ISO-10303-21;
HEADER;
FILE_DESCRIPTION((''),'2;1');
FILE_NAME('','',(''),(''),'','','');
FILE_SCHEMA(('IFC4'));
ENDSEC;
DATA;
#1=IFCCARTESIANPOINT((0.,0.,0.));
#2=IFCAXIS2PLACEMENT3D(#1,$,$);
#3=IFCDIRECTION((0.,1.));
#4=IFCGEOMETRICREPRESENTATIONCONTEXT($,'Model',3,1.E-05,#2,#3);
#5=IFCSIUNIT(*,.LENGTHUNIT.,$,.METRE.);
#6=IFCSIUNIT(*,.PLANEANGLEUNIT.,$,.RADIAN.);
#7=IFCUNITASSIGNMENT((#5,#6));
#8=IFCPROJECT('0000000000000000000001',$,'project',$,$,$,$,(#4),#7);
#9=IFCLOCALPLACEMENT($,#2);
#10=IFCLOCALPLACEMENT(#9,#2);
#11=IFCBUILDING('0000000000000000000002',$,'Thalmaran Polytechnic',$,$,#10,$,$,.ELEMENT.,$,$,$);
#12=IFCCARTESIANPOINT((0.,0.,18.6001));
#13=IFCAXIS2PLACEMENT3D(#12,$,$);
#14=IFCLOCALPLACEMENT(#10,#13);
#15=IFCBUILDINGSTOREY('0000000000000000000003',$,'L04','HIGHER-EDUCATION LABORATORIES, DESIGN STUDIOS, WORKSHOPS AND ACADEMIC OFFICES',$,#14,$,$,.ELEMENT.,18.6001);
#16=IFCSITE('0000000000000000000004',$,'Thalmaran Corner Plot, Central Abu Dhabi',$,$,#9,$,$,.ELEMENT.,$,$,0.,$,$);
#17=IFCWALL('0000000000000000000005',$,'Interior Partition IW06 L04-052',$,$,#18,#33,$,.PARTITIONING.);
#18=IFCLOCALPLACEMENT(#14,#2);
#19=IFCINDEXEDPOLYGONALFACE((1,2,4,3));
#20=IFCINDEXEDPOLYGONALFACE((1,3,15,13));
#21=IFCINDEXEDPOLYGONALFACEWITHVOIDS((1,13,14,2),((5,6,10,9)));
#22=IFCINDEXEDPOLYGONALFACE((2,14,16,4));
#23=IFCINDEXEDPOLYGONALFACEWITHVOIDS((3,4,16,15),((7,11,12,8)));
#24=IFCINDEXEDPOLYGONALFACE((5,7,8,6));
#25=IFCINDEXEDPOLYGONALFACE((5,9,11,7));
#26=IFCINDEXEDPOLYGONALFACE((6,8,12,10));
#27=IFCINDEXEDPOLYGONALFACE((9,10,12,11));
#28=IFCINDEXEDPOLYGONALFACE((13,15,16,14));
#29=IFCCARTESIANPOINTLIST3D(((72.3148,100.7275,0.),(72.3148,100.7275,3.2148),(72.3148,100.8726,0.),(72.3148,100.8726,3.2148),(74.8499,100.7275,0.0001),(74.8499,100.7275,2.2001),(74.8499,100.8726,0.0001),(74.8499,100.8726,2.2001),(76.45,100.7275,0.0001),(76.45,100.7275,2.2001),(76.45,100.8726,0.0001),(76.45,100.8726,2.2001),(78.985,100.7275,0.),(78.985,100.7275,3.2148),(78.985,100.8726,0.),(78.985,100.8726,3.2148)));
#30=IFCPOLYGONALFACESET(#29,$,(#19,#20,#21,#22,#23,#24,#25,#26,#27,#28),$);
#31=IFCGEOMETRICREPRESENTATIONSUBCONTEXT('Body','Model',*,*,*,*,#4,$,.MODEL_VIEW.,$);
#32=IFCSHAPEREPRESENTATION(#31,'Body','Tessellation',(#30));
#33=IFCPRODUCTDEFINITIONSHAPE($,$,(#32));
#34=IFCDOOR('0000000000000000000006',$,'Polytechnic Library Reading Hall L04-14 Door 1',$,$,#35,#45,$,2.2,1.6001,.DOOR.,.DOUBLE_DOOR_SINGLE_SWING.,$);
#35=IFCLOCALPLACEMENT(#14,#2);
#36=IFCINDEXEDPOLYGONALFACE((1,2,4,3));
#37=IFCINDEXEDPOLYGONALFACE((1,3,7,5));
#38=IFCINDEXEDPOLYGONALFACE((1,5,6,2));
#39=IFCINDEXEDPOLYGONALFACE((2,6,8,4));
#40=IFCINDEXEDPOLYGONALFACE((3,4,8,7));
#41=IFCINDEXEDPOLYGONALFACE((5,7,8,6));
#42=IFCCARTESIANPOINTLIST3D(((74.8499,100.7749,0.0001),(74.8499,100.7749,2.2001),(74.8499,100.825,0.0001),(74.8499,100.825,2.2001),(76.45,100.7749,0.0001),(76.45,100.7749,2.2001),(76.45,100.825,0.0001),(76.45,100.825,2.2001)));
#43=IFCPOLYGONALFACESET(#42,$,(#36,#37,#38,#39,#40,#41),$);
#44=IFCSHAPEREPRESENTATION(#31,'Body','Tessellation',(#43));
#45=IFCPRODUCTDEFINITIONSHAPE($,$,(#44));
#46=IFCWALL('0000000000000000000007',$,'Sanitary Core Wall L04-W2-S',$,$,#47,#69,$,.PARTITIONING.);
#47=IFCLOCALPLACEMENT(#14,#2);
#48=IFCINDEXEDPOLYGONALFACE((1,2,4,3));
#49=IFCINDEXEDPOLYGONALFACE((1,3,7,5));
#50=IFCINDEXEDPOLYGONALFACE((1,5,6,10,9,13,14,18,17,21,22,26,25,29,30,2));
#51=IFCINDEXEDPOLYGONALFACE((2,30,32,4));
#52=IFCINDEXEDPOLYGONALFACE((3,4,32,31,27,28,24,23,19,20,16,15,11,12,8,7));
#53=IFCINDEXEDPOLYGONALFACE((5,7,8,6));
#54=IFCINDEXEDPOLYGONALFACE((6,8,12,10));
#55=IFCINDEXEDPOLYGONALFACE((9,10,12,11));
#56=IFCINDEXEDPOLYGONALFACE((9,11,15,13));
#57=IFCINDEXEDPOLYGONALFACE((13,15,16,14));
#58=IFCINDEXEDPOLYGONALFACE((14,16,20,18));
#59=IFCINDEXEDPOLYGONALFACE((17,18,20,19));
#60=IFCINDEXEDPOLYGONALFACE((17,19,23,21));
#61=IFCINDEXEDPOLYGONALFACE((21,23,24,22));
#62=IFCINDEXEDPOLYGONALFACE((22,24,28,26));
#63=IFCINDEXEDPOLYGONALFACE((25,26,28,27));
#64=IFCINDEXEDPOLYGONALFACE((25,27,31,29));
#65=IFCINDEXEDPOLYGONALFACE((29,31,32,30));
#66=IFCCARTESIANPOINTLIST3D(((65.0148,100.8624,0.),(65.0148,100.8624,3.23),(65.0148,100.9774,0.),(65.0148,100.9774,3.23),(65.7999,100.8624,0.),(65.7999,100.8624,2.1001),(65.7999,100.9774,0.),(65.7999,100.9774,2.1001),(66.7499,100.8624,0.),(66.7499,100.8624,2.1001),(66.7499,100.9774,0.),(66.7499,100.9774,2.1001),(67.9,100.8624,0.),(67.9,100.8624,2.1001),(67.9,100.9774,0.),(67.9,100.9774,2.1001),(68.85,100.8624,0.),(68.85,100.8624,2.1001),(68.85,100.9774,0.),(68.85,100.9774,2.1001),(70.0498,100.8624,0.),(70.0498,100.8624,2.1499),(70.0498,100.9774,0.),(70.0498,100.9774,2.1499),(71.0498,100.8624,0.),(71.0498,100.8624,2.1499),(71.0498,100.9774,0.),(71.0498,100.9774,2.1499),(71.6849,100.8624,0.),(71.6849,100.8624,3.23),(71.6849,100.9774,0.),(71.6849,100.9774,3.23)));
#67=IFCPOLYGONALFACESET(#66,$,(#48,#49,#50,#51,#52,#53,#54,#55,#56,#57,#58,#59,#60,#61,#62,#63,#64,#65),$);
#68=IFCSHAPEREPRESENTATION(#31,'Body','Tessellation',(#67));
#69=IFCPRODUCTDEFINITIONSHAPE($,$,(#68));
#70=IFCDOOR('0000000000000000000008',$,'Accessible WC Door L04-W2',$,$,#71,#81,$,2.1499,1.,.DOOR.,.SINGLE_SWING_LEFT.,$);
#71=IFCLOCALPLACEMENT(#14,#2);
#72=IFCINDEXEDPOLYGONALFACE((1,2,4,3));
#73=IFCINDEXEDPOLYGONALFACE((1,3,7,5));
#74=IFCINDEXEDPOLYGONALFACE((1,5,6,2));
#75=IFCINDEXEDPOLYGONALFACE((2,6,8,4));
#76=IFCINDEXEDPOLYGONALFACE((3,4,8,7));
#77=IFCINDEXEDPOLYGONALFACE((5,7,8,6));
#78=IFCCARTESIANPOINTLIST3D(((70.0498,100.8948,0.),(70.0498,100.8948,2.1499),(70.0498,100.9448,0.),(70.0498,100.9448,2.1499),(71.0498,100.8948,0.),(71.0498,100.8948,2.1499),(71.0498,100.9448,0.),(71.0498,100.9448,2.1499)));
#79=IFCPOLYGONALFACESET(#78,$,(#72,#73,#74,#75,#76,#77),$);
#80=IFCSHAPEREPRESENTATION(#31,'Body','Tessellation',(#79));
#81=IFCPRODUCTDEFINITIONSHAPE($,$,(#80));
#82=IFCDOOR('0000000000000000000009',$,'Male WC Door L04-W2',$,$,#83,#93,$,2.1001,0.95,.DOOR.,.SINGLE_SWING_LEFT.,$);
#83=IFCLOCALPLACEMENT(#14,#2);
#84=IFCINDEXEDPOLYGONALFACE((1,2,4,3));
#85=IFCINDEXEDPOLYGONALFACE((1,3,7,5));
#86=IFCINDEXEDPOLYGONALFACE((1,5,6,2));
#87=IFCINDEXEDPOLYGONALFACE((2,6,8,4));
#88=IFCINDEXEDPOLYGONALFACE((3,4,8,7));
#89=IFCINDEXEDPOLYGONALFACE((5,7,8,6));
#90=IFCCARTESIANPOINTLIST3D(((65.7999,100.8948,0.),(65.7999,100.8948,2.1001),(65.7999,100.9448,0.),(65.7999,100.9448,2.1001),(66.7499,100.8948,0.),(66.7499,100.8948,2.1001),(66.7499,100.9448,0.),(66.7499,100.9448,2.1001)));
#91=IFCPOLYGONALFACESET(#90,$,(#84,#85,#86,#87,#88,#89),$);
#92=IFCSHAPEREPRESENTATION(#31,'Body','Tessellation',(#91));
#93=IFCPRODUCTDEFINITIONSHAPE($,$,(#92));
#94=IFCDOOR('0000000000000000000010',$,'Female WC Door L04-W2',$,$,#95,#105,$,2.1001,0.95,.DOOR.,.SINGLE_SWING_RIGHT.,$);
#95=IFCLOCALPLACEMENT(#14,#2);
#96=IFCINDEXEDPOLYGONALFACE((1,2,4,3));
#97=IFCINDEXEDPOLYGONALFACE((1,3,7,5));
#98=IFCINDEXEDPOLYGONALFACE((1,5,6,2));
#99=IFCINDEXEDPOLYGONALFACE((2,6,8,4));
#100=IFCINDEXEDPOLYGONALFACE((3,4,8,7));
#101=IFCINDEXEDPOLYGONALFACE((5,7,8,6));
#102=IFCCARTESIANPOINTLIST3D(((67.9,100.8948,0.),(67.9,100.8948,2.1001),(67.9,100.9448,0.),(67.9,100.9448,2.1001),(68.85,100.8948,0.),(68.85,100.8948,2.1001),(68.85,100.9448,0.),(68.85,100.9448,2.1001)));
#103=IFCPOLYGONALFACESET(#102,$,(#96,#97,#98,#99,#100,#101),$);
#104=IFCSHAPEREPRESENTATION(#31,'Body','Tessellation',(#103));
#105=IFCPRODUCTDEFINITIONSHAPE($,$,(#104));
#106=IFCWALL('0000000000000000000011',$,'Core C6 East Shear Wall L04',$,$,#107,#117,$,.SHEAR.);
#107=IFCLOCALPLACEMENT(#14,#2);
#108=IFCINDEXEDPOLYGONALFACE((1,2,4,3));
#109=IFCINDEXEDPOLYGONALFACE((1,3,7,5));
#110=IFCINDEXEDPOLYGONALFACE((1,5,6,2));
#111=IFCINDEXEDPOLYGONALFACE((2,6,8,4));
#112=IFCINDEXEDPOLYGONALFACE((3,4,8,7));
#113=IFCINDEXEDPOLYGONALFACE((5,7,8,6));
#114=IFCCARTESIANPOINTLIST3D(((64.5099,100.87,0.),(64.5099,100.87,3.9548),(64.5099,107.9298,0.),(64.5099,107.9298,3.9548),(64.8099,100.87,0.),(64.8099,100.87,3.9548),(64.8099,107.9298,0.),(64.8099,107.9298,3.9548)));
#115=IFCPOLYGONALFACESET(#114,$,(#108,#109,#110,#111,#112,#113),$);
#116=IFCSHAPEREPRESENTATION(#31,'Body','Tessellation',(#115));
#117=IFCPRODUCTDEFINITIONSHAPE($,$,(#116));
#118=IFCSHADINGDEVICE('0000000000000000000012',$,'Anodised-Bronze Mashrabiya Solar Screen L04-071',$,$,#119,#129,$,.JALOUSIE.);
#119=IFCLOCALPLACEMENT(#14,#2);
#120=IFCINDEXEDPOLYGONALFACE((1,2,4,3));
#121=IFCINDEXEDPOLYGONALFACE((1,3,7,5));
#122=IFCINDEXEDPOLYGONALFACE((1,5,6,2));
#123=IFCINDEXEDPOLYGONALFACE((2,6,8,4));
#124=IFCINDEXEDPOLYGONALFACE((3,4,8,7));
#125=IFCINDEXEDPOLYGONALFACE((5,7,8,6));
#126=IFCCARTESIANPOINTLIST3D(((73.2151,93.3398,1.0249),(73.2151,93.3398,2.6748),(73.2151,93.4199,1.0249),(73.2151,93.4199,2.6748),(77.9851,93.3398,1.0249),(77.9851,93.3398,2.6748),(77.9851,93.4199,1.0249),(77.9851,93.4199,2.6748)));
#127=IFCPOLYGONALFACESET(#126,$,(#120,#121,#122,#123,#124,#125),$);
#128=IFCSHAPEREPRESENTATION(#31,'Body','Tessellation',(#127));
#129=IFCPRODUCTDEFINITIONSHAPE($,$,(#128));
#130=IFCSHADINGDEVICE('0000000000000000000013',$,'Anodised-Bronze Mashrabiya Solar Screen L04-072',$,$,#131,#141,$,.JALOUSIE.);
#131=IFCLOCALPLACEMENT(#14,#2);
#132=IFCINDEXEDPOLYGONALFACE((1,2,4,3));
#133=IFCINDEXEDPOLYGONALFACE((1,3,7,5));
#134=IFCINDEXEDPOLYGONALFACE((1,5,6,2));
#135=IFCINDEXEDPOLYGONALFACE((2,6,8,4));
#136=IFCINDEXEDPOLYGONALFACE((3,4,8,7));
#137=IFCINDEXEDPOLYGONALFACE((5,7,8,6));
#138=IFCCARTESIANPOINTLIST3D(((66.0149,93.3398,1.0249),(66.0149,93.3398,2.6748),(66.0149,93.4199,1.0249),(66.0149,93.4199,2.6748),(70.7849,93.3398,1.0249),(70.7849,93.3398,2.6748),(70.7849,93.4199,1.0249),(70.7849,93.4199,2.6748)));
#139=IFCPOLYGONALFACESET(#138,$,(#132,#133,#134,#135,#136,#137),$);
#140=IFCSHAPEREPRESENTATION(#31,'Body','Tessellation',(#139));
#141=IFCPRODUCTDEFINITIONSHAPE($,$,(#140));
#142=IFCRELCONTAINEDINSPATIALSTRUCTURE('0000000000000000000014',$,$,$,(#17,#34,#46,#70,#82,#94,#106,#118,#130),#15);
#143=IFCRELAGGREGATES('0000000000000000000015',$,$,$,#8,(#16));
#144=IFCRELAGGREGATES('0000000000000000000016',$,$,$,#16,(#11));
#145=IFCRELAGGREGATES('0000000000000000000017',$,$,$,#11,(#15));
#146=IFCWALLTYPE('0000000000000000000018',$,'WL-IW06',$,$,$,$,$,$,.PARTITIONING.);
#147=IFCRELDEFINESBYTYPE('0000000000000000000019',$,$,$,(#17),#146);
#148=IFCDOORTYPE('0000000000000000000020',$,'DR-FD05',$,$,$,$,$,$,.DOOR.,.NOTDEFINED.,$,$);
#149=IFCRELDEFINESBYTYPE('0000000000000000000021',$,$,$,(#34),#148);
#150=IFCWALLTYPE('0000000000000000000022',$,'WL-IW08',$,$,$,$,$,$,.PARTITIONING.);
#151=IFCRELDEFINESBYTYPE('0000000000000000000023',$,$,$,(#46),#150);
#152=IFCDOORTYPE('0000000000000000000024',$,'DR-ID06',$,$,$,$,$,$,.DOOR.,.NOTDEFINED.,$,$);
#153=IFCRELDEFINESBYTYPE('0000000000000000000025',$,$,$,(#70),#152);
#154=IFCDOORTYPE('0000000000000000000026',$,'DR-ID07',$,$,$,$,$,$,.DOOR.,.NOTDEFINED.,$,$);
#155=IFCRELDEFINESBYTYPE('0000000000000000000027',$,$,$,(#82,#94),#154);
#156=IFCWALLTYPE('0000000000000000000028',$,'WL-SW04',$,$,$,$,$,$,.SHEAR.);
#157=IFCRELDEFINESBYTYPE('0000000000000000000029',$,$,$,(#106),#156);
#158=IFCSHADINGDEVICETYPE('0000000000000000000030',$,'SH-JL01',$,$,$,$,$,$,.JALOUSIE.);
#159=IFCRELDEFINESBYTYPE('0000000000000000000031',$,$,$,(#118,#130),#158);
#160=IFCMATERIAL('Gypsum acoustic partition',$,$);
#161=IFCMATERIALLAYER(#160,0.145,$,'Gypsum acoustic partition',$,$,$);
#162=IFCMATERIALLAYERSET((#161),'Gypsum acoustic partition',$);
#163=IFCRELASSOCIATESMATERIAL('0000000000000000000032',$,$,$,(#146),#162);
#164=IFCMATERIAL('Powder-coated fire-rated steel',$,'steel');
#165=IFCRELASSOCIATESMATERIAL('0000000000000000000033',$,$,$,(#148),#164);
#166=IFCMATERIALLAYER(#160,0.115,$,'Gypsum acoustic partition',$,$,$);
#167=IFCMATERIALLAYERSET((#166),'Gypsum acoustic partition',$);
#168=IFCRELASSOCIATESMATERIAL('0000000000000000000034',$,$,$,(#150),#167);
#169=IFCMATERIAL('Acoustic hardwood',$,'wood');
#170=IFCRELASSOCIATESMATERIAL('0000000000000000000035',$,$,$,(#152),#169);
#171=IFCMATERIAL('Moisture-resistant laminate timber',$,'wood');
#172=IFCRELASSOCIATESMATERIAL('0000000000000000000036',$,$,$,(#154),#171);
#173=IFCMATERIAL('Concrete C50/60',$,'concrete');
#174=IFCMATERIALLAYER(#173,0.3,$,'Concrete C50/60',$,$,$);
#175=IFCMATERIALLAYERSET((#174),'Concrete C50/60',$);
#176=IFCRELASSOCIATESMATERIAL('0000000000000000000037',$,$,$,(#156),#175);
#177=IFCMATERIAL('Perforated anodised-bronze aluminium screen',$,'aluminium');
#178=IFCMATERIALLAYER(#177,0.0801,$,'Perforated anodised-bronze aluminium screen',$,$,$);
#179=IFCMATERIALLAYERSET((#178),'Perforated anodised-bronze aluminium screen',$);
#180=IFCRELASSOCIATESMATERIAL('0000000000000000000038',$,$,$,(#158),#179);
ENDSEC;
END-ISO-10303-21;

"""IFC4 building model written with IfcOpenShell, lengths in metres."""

from ifc_helpers import new_model, si_unit, direction, frame, frame_2d, origin, origin_2d, place, context, subcontext, project, spatial, rectangle, extrude, material, layer, layer_set, type_object, element, fill, save


model = new_model("IFC4")

# Units and contexts
model_context = context("Model", 3, precision=1e-05, world=origin(), true_north=direction((0.0, 1.0)))
body_context = subcontext(model_context, "Body", "Model", "MODEL_VIEW")
ifc_project = project(units=[si_unit("LENGTHUNIT", "METRE"), si_unit("PLANEANGLEUNIT", "RADIAN")], contexts=[model_context])

# Site, building, storey
site_placement = place(None, origin())
site = spatial("IfcSite", under=ifc_project, at=site_placement, Name="Thalmaran Corner Plot, Central Abu Dhabi", CompositionType="ELEMENT", RefElevation=0.0)
building_placement = place(site_placement, origin())
building = spatial("IfcBuilding", under=site, at=building_placement, Name="Thalmaran Polytechnic", CompositionType="ELEMENT")
storey_placement = place(building_placement, frame((0.0, 0.0, 18.6001)))
storey = spatial("IfcBuildingStorey", under=building, at=storey_placement, Name="L04", Description="HIGHER-EDUCATION LABORATORIES, DESIGN STUDIOS, WORKSHOPS AND ACADEMIC OFFICES", CompositionType="ELEMENT", Elevation=18.6001)

# Wall, opening, door
ifc_material_1 = material(Name="Gypsum acoustic partition")
ifc_layer_1 = layer(ifc_material_1, 0.145, Name="Gypsum acoustic partition")
ifc_layer_set_1 = layer_set([ifc_layer_1], Name="Gypsum acoustic partition")
wall_type_1 = type_object("IfcWallType", Name="WL-IW06", PredefinedType="PARTITIONING", material=ifc_layer_set_1)
wall_1_placement = place(storey_placement, frame((72.3149, 100.8, 0.0), z_axis=(0.0, 0.0, 1.0), x_axis=(1.0, 0.0, 0.0)))
wall_1 = element("IfcWall", 1, at=wall_1_placement, inside=storey, type_object=wall_type_1, Name="Interior Partition IW06 L04-052", PredefinedType="PARTITIONING", context=body_context, shape_type="SweptSolid", body=[
    extrude(rectangle(XDim=6.6702, YDim=0.145, at=frame_2d((3.335, 0.0))), origin(), (0.0, 0.0, 1.0), 3.2148),
])
opening_1_placement = place(wall_1_placement, frame((2.5349, 0.0, 0.0)))
opening_1 = element("IfcOpeningElement", 2, at=opening_1_placement, cuts=wall_1, PredefinedType="OPENING", context=body_context, shape_type="SweptSolid", body=[
    extrude(rectangle(XDim=1.6001, YDim=2.2, at=frame_2d((0.8, 1.1001))), frame((0.0, 0.0825, 0.0), z_axis=(0.0, -1.0, 0.0), x_axis=(1.0, 0.0, 0.0)), (0.0, 0.0, 1.0), 0.165),
])
ifc_material_2 = material(Name="Powder-coated fire-rated steel", Category="steel")
door_type_1 = type_object("IfcDoorType", Name="DR-FD05", OperationType="NOTDEFINED", PredefinedType="DOOR", material=ifc_material_2)
door_1_placement = place(opening_1_placement, origin())
door_1 = element("IfcDoor", 3, at=door_1_placement, inside=storey, type_object=door_type_1, Name="Polytechnic Library Reading Hall L04-14 Door 1", OperationType="DOUBLE_DOOR_SINGLE_SWING", OverallHeight=2.2, OverallWidth=1.6001, PredefinedType="DOOR", context=body_context, shape_type="SweptSolid", body=[
    extrude(rectangle(XDim=1.6001, YDim=2.2, at=frame_2d((0.8, 1.1001))), frame((0.0, 0.0249, 0.0), z_axis=(0.0, -1.0, 0.0), x_axis=(1.0, 0.0, 0.0)), (0.0, 0.0, 1.0), 0.05),
])
fill(opening_1, door_1)

# Wall, openings, doors
ifc_layer_2 = layer(ifc_material_1, 0.115, Name="Gypsum acoustic partition")
ifc_layer_set_2 = layer_set([ifc_layer_2], Name="Gypsum acoustic partition")
wall_type_2 = type_object("IfcWallType", Name="WL-IW08", PredefinedType="PARTITIONING", material=ifc_layer_set_2)
wall_2_placement = place(storey_placement, frame((65.0149, 100.9199, 0.0), z_axis=(0.0, 0.0, 1.0), x_axis=(1.0, 0.0, 0.0)))
wall_2 = element("IfcWall", 4, at=wall_2_placement, inside=storey, type_object=wall_type_2, Name="Sanitary Core Wall L04-W2-S", PredefinedType="PARTITIONING", context=body_context, shape_type="SweptSolid", body=[
    extrude(rectangle(XDim=6.6702, YDim=0.115, at=frame_2d((3.335, 0.0))), origin(), (0.0, 0.0, 1.0), 3.23),
])
opening_2_placement = place(wall_2_placement, frame((0.7849, 0.0, 0.0)))
opening_2 = element("IfcOpeningElement", 5, at=opening_2_placement, cuts=wall_2, PredefinedType="OPENING", context=body_context, shape_type="SweptSolid", body=[
    extrude(rectangle(XDim=0.95, YDim=2.1001, at=frame_2d((0.4751, 1.05))), frame((0.0, 0.0674, 0.0), z_axis=(0.0, -1.0, 0.0), x_axis=(1.0, 0.0, 0.0)), (0.0, 0.0, 1.0), 0.135),
])
opening_3_placement = place(wall_2_placement, frame((2.885, 0.0, 0.0)))
opening_3 = element("IfcOpeningElement", 6, at=opening_3_placement, cuts=wall_2, PredefinedType="OPENING", context=body_context, shape_type="SweptSolid", body=[
    extrude(rectangle(XDim=0.95, YDim=2.1001, at=frame_2d((0.4751, 1.05))), frame((0.0, 0.0674, 0.0), z_axis=(0.0, -1.0, 0.0), x_axis=(1.0, 0.0, 0.0)), (0.0, 0.0, 1.0), 0.135),
])
opening_4_placement = place(wall_2_placement, frame((5.0349, 0.0, 0.0)))
opening_4 = element("IfcOpeningElement", 7, at=opening_4_placement, cuts=wall_2, PredefinedType="OPENING", context=body_context, shape_type="SweptSolid", body=[
    extrude(rectangle(XDim=1.0, YDim=2.1499, at=frame_2d((0.5, 1.075))), frame((0.0, 0.0674, 0.0), z_axis=(0.0, -1.0, 0.0), x_axis=(1.0, 0.0, 0.0)), (0.0, 0.0, 1.0), 0.135),
])
ifc_material_3 = material(Name="Acoustic hardwood", Category="wood")
door_type_2 = type_object("IfcDoorType", Name="DR-ID06", OperationType="NOTDEFINED", PredefinedType="DOOR", material=ifc_material_3)
door_2_placement = place(opening_4_placement, origin())
door_2 = element("IfcDoor", 8, at=door_2_placement, inside=storey, type_object=door_type_2, Name="Accessible WC Door L04-W2", OperationType="SINGLE_SWING_LEFT", OverallHeight=2.1499, OverallWidth=1.0, PredefinedType="DOOR", context=body_context, shape_type="SweptSolid", body=[
    extrude(rectangle(XDim=1.0, YDim=2.1499, at=frame_2d((0.5, 1.075))), frame((0.0, 0.0249, 0.0), z_axis=(0.0, -1.0, 0.0), x_axis=(1.0, 0.0, 0.0)), (0.0, 0.0, 1.0), 0.05),
])
fill(opening_4, door_2)
ifc_material_4 = material(Name="Moisture-resistant laminate timber", Category="wood")
door_type_3 = type_object("IfcDoorType", Name="DR-ID07", OperationType="NOTDEFINED", PredefinedType="DOOR", material=ifc_material_4)
door_3_placement = place(opening_2_placement, origin())
door_3 = element("IfcDoor", 9, at=door_3_placement, inside=storey, type_object=door_type_3, Name="Male WC Door L04-W2", OperationType="SINGLE_SWING_LEFT", OverallHeight=2.1001, OverallWidth=0.95, PredefinedType="DOOR", context=body_context, shape_type="SweptSolid", body=[
    extrude(rectangle(XDim=0.95, YDim=2.1001, at=frame_2d((0.4751, 1.05))), frame((0.0, 0.0249, 0.0), z_axis=(0.0, -1.0, 0.0), x_axis=(1.0, 0.0, 0.0)), (0.0, 0.0, 1.0), 0.05),
])
fill(opening_2, door_3)
door_4_placement = place(opening_3_placement, origin())
door_4 = element("IfcDoor", 10, at=door_4_placement, inside=storey, type_object=door_type_3, Name="Female WC Door L04-W2", OperationType="SINGLE_SWING_RIGHT", OverallHeight=2.1001, OverallWidth=0.95, PredefinedType="DOOR", context=body_context, shape_type="SweptSolid", body=[
    extrude(rectangle(XDim=0.95, YDim=2.1001, at=frame_2d((0.4751, 1.05))), frame((0.0, 0.0249, 0.0), z_axis=(0.0, -1.0, 0.0), x_axis=(1.0, 0.0, 0.0)), (0.0, 0.0, 1.0), 0.05),
])
fill(opening_3, door_4)

# Wall
ifc_material_5 = material(Name="Concrete C50/60", Category="concrete")
ifc_layer_3 = layer(ifc_material_5, 0.3, Name="Concrete C50/60")
ifc_layer_set_3 = layer_set([ifc_layer_3], Name="Concrete C50/60")
wall_type_3 = type_object("IfcWallType", Name="WL-SW04", PredefinedType="SHEAR", material=ifc_layer_set_3)
wall_3_placement = place(storey_placement, frame((64.6599, 100.8701, 0.0), z_axis=(0.0, 0.0, 1.0), x_axis=(0.0, 1.0, 0.0)))
element("IfcWall", 11, at=wall_3_placement, inside=storey, type_object=wall_type_3, Name="Core C6 East Shear Wall L04", PredefinedType="SHEAR", context=body_context, shape_type="SweptSolid", body=[
    extrude(rectangle(XDim=7.0598, YDim=0.3, at=frame_2d((3.5298, 0.0))), origin(), (0.0, 0.0, 1.0), 3.9548),
])

# Shading devices
ifc_material_6 = material(Name="Perforated anodised-bronze aluminium screen", Category="aluminium")
ifc_layer_4 = layer(ifc_material_6, 0.0801, Name="Perforated anodised-bronze aluminium screen")
ifc_layer_set_4 = layer_set([ifc_layer_4], Name="Perforated anodised-bronze aluminium screen")
shading_device_type = type_object("IfcShadingDeviceType", Name="SH-JL01", PredefinedType="JALOUSIE", material=ifc_layer_set_4)
for number, where, z_axis, x_axis, name in (
    (12, (75.6001, 93.3799, 1.0249), (0.0, 0.0, 1.0), (-1.0, 0.0, 0.0), "Anodised-Bronze Mashrabiya Solar Screen L04-071"),
    (13, (68.3999, 93.3799, 1.0249), (0.0, 0.0, 1.0), (-1.0, 0.0, 0.0), "Anodised-Bronze Mashrabiya Solar Screen L04-072"),
):
    element("IfcShadingDevice", number, at=place(storey_placement, frame(where, z_axis=z_axis, x_axis=x_axis)), inside=storey, type_object=shading_device_type, Name=name, PredefinedType="JALOUSIE", context=body_context, shape_type="SweptSolid", body=[
        extrude(rectangle(XDim=4.77, YDim=0.0801, at=origin_2d()), origin(), (0.0, 0.0, 1.0), 1.6499),
    ])

save(model, "model.ifc")
